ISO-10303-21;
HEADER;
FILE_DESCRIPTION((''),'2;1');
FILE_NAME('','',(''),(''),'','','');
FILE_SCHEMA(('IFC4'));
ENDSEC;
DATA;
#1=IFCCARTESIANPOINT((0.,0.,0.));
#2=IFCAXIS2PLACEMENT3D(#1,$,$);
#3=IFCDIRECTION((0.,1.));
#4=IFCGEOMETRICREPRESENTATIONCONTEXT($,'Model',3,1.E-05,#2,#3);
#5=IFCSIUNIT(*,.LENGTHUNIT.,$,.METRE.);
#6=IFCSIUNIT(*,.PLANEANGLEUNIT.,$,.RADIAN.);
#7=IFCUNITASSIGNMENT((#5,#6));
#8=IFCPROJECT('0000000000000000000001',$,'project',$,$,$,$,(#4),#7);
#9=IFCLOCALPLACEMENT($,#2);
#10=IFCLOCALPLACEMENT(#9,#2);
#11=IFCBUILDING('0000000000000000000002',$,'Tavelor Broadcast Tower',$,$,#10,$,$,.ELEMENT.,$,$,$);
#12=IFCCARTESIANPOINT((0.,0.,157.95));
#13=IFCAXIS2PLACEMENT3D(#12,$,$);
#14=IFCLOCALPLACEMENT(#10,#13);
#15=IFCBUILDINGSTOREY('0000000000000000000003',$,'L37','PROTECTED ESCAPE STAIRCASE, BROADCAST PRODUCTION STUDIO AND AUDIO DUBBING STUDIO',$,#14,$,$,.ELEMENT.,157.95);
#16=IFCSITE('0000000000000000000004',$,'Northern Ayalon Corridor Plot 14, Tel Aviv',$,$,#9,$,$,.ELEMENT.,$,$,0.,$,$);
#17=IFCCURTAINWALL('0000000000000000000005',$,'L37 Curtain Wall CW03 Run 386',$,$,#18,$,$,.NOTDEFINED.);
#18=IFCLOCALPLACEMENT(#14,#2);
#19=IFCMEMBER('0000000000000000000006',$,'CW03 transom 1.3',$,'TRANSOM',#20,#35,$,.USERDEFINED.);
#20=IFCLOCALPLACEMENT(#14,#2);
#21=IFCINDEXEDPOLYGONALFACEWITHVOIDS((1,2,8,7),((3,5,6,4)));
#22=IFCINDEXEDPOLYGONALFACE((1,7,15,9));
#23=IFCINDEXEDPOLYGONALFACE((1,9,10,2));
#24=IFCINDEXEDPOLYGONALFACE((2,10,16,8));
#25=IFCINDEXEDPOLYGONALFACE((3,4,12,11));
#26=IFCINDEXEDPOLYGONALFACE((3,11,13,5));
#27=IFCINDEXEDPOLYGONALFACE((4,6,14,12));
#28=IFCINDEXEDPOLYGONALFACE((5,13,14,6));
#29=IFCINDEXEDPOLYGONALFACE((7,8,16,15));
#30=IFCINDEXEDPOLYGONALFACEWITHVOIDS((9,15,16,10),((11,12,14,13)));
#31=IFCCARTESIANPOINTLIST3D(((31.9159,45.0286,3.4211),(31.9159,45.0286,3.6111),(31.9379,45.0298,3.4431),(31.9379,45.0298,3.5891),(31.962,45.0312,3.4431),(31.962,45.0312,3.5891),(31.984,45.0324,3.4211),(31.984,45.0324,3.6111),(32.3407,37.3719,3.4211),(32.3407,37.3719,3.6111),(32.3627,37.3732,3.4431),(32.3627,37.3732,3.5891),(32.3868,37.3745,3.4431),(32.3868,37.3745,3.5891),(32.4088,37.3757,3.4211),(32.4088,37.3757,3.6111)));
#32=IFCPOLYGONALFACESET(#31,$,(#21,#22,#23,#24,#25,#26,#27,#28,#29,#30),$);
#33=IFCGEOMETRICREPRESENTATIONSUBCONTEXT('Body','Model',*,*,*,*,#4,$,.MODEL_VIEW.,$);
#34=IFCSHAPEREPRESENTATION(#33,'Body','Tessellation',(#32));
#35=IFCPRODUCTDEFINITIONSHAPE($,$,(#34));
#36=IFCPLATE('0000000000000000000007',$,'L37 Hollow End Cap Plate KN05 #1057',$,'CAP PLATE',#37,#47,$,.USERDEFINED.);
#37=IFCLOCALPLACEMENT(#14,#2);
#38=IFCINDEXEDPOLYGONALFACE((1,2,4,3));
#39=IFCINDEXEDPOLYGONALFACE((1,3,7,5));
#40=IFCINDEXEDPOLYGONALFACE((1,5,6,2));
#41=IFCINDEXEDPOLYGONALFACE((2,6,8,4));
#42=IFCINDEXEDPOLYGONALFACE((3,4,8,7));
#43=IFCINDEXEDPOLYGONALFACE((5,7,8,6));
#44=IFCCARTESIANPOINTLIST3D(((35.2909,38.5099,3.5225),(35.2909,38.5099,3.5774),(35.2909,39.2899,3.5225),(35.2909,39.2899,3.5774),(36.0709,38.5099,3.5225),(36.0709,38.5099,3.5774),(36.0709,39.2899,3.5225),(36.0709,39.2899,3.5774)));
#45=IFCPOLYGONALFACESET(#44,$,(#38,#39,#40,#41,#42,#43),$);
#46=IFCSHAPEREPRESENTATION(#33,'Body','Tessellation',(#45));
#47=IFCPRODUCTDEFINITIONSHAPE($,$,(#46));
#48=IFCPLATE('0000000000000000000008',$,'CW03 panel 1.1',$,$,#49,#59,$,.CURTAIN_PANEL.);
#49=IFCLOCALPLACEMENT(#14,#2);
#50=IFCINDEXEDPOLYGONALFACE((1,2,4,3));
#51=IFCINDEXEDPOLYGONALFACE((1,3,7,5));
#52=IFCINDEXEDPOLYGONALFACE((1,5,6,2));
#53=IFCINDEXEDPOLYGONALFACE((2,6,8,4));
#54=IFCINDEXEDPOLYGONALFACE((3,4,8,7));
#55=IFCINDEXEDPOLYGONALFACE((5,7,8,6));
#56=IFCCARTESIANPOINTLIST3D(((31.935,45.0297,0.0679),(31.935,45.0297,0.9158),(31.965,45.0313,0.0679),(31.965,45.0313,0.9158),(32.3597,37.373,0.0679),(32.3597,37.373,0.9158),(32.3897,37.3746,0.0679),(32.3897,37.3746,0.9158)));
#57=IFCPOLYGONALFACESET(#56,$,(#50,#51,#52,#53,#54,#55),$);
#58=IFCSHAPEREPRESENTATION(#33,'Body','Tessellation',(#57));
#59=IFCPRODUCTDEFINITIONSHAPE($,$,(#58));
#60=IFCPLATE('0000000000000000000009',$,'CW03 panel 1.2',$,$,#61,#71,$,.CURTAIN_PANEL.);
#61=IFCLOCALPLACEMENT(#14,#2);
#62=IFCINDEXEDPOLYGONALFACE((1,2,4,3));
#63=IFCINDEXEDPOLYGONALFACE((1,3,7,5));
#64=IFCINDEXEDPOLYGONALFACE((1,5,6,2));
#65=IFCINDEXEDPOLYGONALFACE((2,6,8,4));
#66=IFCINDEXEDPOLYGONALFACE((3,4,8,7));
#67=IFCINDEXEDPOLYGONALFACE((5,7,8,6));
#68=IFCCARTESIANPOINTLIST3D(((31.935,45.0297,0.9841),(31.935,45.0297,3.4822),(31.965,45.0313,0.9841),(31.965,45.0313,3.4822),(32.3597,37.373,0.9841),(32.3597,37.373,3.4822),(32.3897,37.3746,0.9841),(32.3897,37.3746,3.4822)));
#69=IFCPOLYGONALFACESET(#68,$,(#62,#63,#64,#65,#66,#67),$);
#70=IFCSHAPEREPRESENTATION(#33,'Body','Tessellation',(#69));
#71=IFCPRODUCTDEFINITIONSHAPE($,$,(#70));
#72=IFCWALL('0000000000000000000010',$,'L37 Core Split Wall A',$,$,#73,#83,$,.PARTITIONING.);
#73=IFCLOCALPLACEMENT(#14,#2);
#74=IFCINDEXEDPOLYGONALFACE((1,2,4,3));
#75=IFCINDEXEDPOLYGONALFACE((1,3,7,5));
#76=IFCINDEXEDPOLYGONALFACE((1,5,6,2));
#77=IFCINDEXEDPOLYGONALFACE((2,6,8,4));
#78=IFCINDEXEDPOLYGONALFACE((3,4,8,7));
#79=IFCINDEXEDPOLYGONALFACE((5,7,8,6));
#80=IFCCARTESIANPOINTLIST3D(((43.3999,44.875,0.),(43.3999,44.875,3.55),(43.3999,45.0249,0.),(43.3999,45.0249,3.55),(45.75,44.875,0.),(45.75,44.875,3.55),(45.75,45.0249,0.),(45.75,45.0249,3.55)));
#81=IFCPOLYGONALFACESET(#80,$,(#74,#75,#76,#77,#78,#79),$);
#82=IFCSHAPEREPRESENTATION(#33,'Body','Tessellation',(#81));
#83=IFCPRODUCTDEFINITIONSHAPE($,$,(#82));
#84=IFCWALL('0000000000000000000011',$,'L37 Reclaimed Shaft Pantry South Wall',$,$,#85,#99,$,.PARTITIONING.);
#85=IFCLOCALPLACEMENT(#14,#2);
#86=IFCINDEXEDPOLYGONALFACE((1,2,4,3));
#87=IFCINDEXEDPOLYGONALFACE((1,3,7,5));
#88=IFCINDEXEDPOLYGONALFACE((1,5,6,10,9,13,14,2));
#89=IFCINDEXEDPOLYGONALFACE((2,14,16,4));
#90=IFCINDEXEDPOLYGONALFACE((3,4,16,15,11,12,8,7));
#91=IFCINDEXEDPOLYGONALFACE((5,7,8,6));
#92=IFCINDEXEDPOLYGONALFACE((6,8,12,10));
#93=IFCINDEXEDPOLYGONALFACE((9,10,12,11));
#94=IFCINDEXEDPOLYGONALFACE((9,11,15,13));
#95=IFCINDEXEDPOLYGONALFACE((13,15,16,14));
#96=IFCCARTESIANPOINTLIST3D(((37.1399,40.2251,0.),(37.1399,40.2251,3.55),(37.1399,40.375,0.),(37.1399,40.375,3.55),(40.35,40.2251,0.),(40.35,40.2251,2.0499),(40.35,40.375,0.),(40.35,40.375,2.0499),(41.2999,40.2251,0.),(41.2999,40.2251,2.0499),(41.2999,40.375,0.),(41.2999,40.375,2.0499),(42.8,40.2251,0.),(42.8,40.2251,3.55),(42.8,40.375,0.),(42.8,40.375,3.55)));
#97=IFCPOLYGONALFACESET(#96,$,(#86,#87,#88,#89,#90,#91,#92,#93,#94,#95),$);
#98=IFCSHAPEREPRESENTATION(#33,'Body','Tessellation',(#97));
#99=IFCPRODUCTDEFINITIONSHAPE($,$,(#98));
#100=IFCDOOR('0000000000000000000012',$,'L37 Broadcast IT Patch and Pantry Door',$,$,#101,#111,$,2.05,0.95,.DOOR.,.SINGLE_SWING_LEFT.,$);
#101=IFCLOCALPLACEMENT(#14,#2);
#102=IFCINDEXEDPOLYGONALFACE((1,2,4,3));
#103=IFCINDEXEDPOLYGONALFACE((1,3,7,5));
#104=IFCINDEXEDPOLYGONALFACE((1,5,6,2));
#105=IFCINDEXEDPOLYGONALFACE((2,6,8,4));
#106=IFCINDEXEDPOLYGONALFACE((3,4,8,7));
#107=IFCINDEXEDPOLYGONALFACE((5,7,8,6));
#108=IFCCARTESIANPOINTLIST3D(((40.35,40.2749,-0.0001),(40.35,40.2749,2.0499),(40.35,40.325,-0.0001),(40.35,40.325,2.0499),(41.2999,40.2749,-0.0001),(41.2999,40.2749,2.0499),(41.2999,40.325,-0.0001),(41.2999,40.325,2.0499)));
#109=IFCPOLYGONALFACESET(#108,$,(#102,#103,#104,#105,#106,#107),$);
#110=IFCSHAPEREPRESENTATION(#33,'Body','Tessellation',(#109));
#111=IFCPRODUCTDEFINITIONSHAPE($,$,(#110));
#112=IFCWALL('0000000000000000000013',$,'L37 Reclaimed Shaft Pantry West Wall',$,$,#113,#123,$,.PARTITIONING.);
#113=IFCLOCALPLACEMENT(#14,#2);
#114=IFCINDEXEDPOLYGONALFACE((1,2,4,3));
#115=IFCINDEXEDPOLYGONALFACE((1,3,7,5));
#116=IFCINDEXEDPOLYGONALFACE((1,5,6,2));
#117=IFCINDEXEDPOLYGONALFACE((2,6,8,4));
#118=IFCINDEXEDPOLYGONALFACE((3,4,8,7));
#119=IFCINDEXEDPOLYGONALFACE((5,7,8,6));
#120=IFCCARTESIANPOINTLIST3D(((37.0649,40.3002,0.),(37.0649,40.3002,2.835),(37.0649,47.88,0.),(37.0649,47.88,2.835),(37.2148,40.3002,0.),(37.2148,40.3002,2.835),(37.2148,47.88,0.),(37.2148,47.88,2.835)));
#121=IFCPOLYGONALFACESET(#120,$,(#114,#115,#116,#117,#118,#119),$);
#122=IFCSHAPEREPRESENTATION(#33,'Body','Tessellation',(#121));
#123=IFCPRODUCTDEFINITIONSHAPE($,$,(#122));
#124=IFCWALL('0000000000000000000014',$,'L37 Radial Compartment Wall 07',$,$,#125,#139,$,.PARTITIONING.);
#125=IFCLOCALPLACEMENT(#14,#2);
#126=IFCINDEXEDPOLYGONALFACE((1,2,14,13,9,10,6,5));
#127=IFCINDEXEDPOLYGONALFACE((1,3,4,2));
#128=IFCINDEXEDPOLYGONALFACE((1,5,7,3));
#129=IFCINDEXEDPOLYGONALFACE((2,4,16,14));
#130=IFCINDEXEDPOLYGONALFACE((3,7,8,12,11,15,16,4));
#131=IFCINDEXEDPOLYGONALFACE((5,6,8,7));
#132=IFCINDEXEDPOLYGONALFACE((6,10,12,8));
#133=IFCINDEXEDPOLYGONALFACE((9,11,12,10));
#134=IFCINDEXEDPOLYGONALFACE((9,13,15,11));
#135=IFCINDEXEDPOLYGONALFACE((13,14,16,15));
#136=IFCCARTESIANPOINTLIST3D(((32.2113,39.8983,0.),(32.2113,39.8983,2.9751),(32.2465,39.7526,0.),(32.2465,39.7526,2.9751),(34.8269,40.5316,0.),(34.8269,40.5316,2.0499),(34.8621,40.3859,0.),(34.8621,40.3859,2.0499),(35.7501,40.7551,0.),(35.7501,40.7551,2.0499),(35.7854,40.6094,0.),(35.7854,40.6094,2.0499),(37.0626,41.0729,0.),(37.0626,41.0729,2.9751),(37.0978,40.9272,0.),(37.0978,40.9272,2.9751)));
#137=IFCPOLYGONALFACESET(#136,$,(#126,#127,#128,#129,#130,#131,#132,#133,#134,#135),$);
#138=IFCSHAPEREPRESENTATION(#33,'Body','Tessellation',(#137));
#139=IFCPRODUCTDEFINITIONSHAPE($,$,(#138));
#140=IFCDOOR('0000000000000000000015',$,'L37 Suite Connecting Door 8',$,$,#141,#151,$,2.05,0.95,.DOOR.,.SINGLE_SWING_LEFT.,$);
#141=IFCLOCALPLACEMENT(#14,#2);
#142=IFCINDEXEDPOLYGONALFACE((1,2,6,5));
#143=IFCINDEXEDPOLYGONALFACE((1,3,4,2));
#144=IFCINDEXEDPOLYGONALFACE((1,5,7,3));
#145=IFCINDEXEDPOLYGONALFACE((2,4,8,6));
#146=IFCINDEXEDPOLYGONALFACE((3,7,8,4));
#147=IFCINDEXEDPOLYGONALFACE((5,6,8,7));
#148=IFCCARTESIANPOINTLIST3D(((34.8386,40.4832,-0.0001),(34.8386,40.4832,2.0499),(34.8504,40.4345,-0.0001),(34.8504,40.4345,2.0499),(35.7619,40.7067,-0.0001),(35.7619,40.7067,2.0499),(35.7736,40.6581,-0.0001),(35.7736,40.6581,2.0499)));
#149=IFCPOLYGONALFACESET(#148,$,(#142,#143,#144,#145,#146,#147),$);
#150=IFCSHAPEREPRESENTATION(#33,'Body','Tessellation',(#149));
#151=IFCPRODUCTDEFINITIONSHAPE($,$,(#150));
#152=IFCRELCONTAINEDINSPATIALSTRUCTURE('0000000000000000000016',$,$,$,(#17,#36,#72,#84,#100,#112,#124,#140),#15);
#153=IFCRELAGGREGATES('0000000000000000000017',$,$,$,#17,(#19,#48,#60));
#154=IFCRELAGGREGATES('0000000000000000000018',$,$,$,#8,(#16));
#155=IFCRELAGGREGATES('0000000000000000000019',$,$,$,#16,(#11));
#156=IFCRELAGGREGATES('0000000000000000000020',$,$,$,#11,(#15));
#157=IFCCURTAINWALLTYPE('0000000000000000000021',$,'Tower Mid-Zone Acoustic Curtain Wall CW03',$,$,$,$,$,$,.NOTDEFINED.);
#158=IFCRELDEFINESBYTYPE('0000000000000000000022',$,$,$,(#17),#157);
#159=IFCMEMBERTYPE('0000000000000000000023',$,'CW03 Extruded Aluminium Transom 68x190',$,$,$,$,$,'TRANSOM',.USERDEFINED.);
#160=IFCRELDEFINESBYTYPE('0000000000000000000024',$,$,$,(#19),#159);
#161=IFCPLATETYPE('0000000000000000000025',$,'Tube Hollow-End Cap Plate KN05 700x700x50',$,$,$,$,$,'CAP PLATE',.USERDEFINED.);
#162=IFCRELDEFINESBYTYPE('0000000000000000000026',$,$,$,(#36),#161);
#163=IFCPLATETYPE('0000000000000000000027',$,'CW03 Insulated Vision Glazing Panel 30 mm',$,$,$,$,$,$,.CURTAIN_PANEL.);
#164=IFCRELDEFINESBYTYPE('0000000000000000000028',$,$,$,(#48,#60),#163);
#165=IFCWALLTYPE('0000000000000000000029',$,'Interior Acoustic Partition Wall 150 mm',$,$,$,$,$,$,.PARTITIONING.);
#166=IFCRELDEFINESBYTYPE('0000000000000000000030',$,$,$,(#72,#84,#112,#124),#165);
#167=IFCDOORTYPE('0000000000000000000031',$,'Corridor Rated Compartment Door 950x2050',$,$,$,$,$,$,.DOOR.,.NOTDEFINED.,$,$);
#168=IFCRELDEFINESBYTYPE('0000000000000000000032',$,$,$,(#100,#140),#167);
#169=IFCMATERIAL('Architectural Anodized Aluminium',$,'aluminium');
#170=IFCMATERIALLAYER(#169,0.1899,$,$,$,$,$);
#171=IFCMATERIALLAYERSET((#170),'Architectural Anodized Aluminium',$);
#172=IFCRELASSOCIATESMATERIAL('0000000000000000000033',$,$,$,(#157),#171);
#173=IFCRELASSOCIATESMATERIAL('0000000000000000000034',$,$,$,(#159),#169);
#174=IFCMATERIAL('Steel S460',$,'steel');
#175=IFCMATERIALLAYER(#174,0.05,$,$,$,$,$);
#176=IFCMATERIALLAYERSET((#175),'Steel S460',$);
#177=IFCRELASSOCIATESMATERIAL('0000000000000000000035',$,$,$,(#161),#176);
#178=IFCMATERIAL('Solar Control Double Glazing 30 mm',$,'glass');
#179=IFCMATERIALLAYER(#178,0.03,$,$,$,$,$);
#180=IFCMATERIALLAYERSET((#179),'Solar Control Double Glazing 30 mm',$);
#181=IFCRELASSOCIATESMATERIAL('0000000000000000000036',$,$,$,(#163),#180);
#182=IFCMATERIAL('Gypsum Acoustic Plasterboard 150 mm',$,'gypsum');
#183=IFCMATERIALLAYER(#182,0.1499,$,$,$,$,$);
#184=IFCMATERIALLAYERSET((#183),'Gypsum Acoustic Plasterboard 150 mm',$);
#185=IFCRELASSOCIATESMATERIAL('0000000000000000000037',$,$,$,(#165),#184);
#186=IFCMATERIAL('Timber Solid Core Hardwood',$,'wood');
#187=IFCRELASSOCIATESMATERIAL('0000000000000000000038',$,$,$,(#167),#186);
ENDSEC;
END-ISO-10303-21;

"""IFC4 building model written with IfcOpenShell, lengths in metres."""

from ifc_helpers import new_model, si_unit, direction, frame, frame_2d, origin, origin_2d, place, context, subcontext, project, spatial, rectangle, hollow_rectangle, extrude, source, transform, mapped, material, layer, layer_set, material_profile, profile_set, type_object, type_shapes, element, fill, aggregate, save


model = new_model("IFC4")

# Units and contexts
model_context = context("Model", 3, precision=1e-05, world=origin(), true_north=direction((0.0, 1.0)))
body_context = subcontext(model_context, "Body", "Model", "MODEL_VIEW")
ifc_project = project(units=[si_unit("LENGTHUNIT", "METRE"), si_unit("PLANEANGLEUNIT", "RADIAN")], contexts=[model_context])

# Site, building, storey
site_placement = place(None, origin())
site = spatial("IfcSite", under=ifc_project, at=site_placement, Name="Northern Ayalon Corridor Plot 14, Tel Aviv", CompositionType="ELEMENT", RefElevation=0.0)
building_placement = place(site_placement, origin())
building = spatial("IfcBuilding", under=site, at=building_placement, Name="Tavelor Broadcast Tower", CompositionType="ELEMENT")
storey_placement = place(building_placement, frame((0.0, 0.0, 157.95)))
storey = spatial("IfcBuildingStorey", under=building, at=storey_placement, Name="L37", Description="PROTECTED ESCAPE STAIRCASE, BROADCAST PRODUCTION STUDIO AND AUDIO DUBBING STUDIO", CompositionType="ELEMENT", Elevation=157.95)

# Shared definitions
ifc_material_1 = material(Name="Steel S460", Category="steel")

# Shared definitions
ifc_material_2 = material(Name="Architectural Anodized Aluminium", Category="aluminium")
ifc_layer_1 = layer(ifc_material_2, 0.1899)
ifc_layer_set_1 = layer_set([ifc_layer_1], Name="Architectural Anodized Aluminium")
curtain_wall_type = type_object("IfcCurtainWallType", Name="Tower Mid-Zone Acoustic Curtain Wall CW03", PredefinedType="NOTDEFINED", material=ifc_layer_set_1)

# Curtain wall, member
curtain_wall_1_placement = place(storey_placement, origin())
curtain_wall_1 = element("IfcCurtainWall", 1, at=curtain_wall_1_placement, inside=storey, type_object=curtain_wall_type, Name="L37 Curtain Wall CW03 Run 386", PredefinedType="NOTDEFINED")
ifc_material_profile_1 = material_profile(ifc_material_2, hollow_rectangle(XDim=0.0681, YDim=0.1899, WallThickness=0.022, at=origin_2d()), Name="RHS 68x190x22")
ifc_profile_set_1 = profile_set([ifc_material_profile_1], Name="Architectural Anodized Aluminium")
member_type_1 = type_object("IfcMemberType", Name="CW03 Extruded Aluminium Transom 68x190", ElementType="TRANSOM", PredefinedType="USERDEFINED", material=ifc_profile_set_1)
shared_shape_1 = source(origin(), body_context, "Body", "SweptSolid", [
    extrude(hollow_rectangle(XDim=0.0681, YDim=0.1899, WallThickness=0.022, at=origin_2d()), origin(), (0.0, 0.0, 1.0), 7.6685),
])
type_shapes(member_type_1, [shared_shape_1])
member_1_placement = place(storey_placement, frame((31.95, 45.0305, 3.5161), z_axis=(0.055396, -0.998464, 0.0), x_axis=(0.998464, 0.055396, 0.0)))
member_1 = element("IfcMember", 2, at=member_1_placement, type_object=member_type_1, Name="CW03 transom 1.3", ObjectType="TRANSOM", PredefinedType="USERDEFINED", context=body_context, shape_type="MappedRepresentation", body=[
    mapped(shared_shape_1, transform((0.0, 0.0, 0.0), scale=1.0)),
])

# Plates
ifc_layer_2 = layer(ifc_material_1, 0.05)
ifc_layer_set_2 = layer_set([ifc_layer_2], Name="Steel S460")
plate_type_1 = type_object("IfcPlateType", Name="Tube Hollow-End Cap Plate KN05 700x700x50", ElementType="CAP PLATE", PredefinedType="USERDEFINED", material=ifc_layer_set_2)
shared_shape_2 = source(origin(), body_context, "Body", "SweptSolid", [
    extrude(rectangle(XDim=0.78, YDim=0.78, at=origin_2d()), origin(), (0.0, 0.0, 1.0), 0.0549),
])
type_shapes(plate_type_1, [shared_shape_2])
plate_1_placement = place(storey_placement, frame((35.6809, 38.8999, 3.5225), z_axis=(0.0, 0.0, 1.0), x_axis=(1.0, 0.0, 0.0)))
element("IfcPlate", 3, at=plate_1_placement, inside=storey, type_object=plate_type_1, Name="L37 Hollow End Cap Plate KN05 #1057", ObjectType="CAP PLATE", PredefinedType="USERDEFINED", context=body_context, shape_type="MappedRepresentation", body=[
    mapped(shared_shape_2, transform((0.0, 0.0, 0.0), scale=1.0)),
])
ifc_material_3 = material(Name="Solar Control Double Glazing 30 mm", Category="glass")
ifc_layer_3 = layer(ifc_material_3, 0.03)
ifc_layer_set_3 = layer_set([ifc_layer_3], Name="Solar Control Double Glazing 30 mm")
plate_type_2 = type_object("IfcPlateType", Name="CW03 Insulated Vision Glazing Panel 30 mm", PredefinedType="CURTAIN_PANEL", material=ifc_layer_set_3)
shared_shape_3 = source(origin(), body_context, "Body", "SweptSolid", [
    extrude(rectangle(XDim=7.6685, YDim=0.03, at=origin_2d()), origin(), (0.0, 0.0, 1.0), 0.8479),
])
plate_2_placement = place(storey_placement, frame((32.1624, 41.2021, 0.0679), z_axis=(0.0, 0.0, 1.0), x_axis=(0.055391, -0.998465, 0.0)))
plate_2 = element("IfcPlate", 4, at=plate_2_placement, type_object=plate_type_2, Name="CW03 panel 1.1", PredefinedType="CURTAIN_PANEL", context=body_context, shape_type="MappedRepresentation", body=[
    mapped(shared_shape_3, transform((0.0, 0.0, 0.0), scale=1.0)),
])
shared_shape_4 = source(origin(), body_context, "Body", "SweptSolid", [
    extrude(rectangle(XDim=7.6685, YDim=0.03, at=origin_2d()), origin(), (0.0, 0.0, 1.0), 2.498),
])
type_shapes(plate_type_2, [shared_shape_3, shared_shape_4])
plate_3_placement = place(storey_placement, frame((32.1624, 41.2021, 0.9841), z_axis=(0.0, 0.0, 1.0), x_axis=(0.055391, -0.998465, 0.0)))
plate_3 = element("IfcPlate", 5, at=plate_3_placement, type_object=plate_type_2, Name="CW03 panel 1.2", PredefinedType="CURTAIN_PANEL", context=body_context, shape_type="MappedRepresentation", body=[
    mapped(shared_shape_4, transform((0.0, 0.0, 0.0), scale=1.0)),
])
aggregate(curtain_wall_1, [member_1, plate_2, plate_3])

# Wall
ifc_material_4 = material(Name="Gypsum Acoustic Plasterboard 150 mm", Category="gypsum")
ifc_layer_4 = layer(ifc_material_4, 0.1499)
ifc_layer_set_4 = layer_set([ifc_layer_4], Name="Gypsum Acoustic Plasterboard 150 mm")
wall_type_1 = type_object("IfcWallType", Name="Interior Acoustic Partition Wall 150 mm", PredefinedType="PARTITIONING", material=ifc_layer_set_4)
wall_1_placement = place(storey_placement, frame((43.3999, 44.95, 0.0), z_axis=(0.0, 0.0, 1.0), x_axis=(1.0, 0.0, 0.0)))
element("IfcWall", 6, at=wall_1_placement, inside=storey, type_object=wall_type_1, Name="L37 Core Split Wall A", PredefinedType="PARTITIONING", context=body_context, shape_type="SweptSolid", body=[
    extrude(rectangle(XDim=2.3501, YDim=0.1499, at=frame_2d((1.175, 0.0))), origin(), (0.0, 0.0, 1.0), 3.55),
])

# Wall, opening, door
wall_2_placement = place(storey_placement, frame((37.1399, 40.3, 0.0), z_axis=(0.0, 0.0, 1.0), x_axis=(1.0, 0.0, 0.0)))
wall_2 = element("IfcWall", 7, at=wall_2_placement, inside=storey, type_object=wall_type_1, Name="L37 Reclaimed Shaft Pantry South Wall", PredefinedType="PARTITIONING", context=body_context, shape_type="SweptSolid", body=[
    extrude(rectangle(XDim=5.6602, YDim=0.1499, at=frame_2d((2.8301, 0.0))), origin(), (0.0, 0.0, 1.0), 3.55),
])
opening_1_placement = place(wall_2_placement, frame((3.21, 0.0, 0.0)))
opening_1 = element("IfcOpeningElement", 8, at=opening_1_placement, cuts=wall_2, PredefinedType="OPENING", context=body_context, shape_type="SweptSolid", body=[
    extrude(rectangle(XDim=0.95, YDim=2.05, at=frame_2d((0.4751, 1.0249))), frame((0.0, 0.085, 0.0), z_axis=(0.0, -1.0, 0.0), x_axis=(1.0, 0.0, 0.0)), (0.0, 0.0, 1.0), 0.1699),
])
ifc_material_5 = material(Name="Timber Solid Core Hardwood", Category="wood")
door_type_1 = type_object("IfcDoorType", Name="Corridor Rated Compartment Door 950x2050", OperationType="NOTDEFINED", PredefinedType="DOOR", material=ifc_material_5)
door_1_placement = place(opening_1_placement, origin())
door_1 = element("IfcDoor", 9, at=door_1_placement, inside=storey, type_object=door_type_1, Name="L37 Broadcast IT Patch and Pantry Door", OperationType="SINGLE_SWING_LEFT", OverallHeight=2.05, OverallWidth=0.95, PredefinedType="DOOR", context=body_context, shape_type="SweptSolid", body=[
    extrude(rectangle(XDim=0.95, YDim=2.05, at=frame_2d((0.4751, 1.0249))), frame((0.0, 0.0249, 0.0), z_axis=(0.0, -1.0, 0.0), x_axis=(1.0, 0.0, 0.0)), (0.0, 0.0, 1.0), 0.05),
])
fill(opening_1, door_1)

# Wall
wall_3_placement = place(storey_placement, frame((37.1399, 40.3, 0.0), z_axis=(0.0, 0.0, 1.0), x_axis=(0.0, 1.0, 0.0)))
element("IfcWall", 10, at=wall_3_placement, inside=storey, type_object=wall_type_1, Name="L37 Reclaimed Shaft Pantry West Wall", PredefinedType="PARTITIONING", context=body_context, shape_type="SweptSolid", body=[
    extrude(rectangle(XDim=7.5798, YDim=0.1499, at=frame_2d((3.79, 0.0))), origin(), (0.0, 0.0, 1.0), 2.835),
])

# Wall, opening, door
wall_4_placement = place(storey_placement, frame((37.0801, 41.0, 0.0), z_axis=(0.0, 0.0, 1.0), x_axis=(-0.97192, -0.235313, 0.0)))
wall_4 = element("IfcWall", 11, at=wall_4_placement, inside=storey, type_object=wall_type_1, Name="L37 Radial Compartment Wall 07", PredefinedType="PARTITIONING", context=body_context, shape_type="SweptSolid", body=[
    extrude(rectangle(XDim=4.9915, YDim=0.1499, at=frame_2d((2.4956, 0.0))), origin(), (0.0, 0.0, 1.0), 2.9751),
])
opening_2_placement = place(wall_4_placement, frame((1.3501, 0.0, 0.0)))
opening_2 = element("IfcOpeningElement", 12, at=opening_2_placement, cuts=wall_4, PredefinedType="OPENING", context=body_context, shape_type="SweptSolid", body=[
    extrude(rectangle(XDim=0.95, YDim=2.05, at=frame_2d((0.4751, 1.0249))), frame((0.0, 0.085, 0.0), z_axis=(0.0, -1.0, 0.0), x_axis=(1.0, 0.0, 0.0)), (0.0, 0.0, 1.0), 0.1699),
])
door_2_placement = place(opening_2_placement, origin())
door_2 = element("IfcDoor", 13, at=door_2_placement, inside=storey, type_object=door_type_1, Name="L37 Suite Connecting Door 8", OperationType="SINGLE_SWING_LEFT", OverallHeight=2.05, OverallWidth=0.95, PredefinedType="DOOR", context=body_context, shape_type="SweptSolid", body=[
    extrude(rectangle(XDim=0.95, YDim=2.05, at=frame_2d((0.4751, 1.0249))), frame((0.0, 0.0249, 0.0), z_axis=(0.0, -1.0, 0.0), x_axis=(1.0, 0.0, 0.0)), (0.0, 0.0, 1.0), 0.05),
])
fill(opening_2, door_2)

save(model, "model.ifc")
